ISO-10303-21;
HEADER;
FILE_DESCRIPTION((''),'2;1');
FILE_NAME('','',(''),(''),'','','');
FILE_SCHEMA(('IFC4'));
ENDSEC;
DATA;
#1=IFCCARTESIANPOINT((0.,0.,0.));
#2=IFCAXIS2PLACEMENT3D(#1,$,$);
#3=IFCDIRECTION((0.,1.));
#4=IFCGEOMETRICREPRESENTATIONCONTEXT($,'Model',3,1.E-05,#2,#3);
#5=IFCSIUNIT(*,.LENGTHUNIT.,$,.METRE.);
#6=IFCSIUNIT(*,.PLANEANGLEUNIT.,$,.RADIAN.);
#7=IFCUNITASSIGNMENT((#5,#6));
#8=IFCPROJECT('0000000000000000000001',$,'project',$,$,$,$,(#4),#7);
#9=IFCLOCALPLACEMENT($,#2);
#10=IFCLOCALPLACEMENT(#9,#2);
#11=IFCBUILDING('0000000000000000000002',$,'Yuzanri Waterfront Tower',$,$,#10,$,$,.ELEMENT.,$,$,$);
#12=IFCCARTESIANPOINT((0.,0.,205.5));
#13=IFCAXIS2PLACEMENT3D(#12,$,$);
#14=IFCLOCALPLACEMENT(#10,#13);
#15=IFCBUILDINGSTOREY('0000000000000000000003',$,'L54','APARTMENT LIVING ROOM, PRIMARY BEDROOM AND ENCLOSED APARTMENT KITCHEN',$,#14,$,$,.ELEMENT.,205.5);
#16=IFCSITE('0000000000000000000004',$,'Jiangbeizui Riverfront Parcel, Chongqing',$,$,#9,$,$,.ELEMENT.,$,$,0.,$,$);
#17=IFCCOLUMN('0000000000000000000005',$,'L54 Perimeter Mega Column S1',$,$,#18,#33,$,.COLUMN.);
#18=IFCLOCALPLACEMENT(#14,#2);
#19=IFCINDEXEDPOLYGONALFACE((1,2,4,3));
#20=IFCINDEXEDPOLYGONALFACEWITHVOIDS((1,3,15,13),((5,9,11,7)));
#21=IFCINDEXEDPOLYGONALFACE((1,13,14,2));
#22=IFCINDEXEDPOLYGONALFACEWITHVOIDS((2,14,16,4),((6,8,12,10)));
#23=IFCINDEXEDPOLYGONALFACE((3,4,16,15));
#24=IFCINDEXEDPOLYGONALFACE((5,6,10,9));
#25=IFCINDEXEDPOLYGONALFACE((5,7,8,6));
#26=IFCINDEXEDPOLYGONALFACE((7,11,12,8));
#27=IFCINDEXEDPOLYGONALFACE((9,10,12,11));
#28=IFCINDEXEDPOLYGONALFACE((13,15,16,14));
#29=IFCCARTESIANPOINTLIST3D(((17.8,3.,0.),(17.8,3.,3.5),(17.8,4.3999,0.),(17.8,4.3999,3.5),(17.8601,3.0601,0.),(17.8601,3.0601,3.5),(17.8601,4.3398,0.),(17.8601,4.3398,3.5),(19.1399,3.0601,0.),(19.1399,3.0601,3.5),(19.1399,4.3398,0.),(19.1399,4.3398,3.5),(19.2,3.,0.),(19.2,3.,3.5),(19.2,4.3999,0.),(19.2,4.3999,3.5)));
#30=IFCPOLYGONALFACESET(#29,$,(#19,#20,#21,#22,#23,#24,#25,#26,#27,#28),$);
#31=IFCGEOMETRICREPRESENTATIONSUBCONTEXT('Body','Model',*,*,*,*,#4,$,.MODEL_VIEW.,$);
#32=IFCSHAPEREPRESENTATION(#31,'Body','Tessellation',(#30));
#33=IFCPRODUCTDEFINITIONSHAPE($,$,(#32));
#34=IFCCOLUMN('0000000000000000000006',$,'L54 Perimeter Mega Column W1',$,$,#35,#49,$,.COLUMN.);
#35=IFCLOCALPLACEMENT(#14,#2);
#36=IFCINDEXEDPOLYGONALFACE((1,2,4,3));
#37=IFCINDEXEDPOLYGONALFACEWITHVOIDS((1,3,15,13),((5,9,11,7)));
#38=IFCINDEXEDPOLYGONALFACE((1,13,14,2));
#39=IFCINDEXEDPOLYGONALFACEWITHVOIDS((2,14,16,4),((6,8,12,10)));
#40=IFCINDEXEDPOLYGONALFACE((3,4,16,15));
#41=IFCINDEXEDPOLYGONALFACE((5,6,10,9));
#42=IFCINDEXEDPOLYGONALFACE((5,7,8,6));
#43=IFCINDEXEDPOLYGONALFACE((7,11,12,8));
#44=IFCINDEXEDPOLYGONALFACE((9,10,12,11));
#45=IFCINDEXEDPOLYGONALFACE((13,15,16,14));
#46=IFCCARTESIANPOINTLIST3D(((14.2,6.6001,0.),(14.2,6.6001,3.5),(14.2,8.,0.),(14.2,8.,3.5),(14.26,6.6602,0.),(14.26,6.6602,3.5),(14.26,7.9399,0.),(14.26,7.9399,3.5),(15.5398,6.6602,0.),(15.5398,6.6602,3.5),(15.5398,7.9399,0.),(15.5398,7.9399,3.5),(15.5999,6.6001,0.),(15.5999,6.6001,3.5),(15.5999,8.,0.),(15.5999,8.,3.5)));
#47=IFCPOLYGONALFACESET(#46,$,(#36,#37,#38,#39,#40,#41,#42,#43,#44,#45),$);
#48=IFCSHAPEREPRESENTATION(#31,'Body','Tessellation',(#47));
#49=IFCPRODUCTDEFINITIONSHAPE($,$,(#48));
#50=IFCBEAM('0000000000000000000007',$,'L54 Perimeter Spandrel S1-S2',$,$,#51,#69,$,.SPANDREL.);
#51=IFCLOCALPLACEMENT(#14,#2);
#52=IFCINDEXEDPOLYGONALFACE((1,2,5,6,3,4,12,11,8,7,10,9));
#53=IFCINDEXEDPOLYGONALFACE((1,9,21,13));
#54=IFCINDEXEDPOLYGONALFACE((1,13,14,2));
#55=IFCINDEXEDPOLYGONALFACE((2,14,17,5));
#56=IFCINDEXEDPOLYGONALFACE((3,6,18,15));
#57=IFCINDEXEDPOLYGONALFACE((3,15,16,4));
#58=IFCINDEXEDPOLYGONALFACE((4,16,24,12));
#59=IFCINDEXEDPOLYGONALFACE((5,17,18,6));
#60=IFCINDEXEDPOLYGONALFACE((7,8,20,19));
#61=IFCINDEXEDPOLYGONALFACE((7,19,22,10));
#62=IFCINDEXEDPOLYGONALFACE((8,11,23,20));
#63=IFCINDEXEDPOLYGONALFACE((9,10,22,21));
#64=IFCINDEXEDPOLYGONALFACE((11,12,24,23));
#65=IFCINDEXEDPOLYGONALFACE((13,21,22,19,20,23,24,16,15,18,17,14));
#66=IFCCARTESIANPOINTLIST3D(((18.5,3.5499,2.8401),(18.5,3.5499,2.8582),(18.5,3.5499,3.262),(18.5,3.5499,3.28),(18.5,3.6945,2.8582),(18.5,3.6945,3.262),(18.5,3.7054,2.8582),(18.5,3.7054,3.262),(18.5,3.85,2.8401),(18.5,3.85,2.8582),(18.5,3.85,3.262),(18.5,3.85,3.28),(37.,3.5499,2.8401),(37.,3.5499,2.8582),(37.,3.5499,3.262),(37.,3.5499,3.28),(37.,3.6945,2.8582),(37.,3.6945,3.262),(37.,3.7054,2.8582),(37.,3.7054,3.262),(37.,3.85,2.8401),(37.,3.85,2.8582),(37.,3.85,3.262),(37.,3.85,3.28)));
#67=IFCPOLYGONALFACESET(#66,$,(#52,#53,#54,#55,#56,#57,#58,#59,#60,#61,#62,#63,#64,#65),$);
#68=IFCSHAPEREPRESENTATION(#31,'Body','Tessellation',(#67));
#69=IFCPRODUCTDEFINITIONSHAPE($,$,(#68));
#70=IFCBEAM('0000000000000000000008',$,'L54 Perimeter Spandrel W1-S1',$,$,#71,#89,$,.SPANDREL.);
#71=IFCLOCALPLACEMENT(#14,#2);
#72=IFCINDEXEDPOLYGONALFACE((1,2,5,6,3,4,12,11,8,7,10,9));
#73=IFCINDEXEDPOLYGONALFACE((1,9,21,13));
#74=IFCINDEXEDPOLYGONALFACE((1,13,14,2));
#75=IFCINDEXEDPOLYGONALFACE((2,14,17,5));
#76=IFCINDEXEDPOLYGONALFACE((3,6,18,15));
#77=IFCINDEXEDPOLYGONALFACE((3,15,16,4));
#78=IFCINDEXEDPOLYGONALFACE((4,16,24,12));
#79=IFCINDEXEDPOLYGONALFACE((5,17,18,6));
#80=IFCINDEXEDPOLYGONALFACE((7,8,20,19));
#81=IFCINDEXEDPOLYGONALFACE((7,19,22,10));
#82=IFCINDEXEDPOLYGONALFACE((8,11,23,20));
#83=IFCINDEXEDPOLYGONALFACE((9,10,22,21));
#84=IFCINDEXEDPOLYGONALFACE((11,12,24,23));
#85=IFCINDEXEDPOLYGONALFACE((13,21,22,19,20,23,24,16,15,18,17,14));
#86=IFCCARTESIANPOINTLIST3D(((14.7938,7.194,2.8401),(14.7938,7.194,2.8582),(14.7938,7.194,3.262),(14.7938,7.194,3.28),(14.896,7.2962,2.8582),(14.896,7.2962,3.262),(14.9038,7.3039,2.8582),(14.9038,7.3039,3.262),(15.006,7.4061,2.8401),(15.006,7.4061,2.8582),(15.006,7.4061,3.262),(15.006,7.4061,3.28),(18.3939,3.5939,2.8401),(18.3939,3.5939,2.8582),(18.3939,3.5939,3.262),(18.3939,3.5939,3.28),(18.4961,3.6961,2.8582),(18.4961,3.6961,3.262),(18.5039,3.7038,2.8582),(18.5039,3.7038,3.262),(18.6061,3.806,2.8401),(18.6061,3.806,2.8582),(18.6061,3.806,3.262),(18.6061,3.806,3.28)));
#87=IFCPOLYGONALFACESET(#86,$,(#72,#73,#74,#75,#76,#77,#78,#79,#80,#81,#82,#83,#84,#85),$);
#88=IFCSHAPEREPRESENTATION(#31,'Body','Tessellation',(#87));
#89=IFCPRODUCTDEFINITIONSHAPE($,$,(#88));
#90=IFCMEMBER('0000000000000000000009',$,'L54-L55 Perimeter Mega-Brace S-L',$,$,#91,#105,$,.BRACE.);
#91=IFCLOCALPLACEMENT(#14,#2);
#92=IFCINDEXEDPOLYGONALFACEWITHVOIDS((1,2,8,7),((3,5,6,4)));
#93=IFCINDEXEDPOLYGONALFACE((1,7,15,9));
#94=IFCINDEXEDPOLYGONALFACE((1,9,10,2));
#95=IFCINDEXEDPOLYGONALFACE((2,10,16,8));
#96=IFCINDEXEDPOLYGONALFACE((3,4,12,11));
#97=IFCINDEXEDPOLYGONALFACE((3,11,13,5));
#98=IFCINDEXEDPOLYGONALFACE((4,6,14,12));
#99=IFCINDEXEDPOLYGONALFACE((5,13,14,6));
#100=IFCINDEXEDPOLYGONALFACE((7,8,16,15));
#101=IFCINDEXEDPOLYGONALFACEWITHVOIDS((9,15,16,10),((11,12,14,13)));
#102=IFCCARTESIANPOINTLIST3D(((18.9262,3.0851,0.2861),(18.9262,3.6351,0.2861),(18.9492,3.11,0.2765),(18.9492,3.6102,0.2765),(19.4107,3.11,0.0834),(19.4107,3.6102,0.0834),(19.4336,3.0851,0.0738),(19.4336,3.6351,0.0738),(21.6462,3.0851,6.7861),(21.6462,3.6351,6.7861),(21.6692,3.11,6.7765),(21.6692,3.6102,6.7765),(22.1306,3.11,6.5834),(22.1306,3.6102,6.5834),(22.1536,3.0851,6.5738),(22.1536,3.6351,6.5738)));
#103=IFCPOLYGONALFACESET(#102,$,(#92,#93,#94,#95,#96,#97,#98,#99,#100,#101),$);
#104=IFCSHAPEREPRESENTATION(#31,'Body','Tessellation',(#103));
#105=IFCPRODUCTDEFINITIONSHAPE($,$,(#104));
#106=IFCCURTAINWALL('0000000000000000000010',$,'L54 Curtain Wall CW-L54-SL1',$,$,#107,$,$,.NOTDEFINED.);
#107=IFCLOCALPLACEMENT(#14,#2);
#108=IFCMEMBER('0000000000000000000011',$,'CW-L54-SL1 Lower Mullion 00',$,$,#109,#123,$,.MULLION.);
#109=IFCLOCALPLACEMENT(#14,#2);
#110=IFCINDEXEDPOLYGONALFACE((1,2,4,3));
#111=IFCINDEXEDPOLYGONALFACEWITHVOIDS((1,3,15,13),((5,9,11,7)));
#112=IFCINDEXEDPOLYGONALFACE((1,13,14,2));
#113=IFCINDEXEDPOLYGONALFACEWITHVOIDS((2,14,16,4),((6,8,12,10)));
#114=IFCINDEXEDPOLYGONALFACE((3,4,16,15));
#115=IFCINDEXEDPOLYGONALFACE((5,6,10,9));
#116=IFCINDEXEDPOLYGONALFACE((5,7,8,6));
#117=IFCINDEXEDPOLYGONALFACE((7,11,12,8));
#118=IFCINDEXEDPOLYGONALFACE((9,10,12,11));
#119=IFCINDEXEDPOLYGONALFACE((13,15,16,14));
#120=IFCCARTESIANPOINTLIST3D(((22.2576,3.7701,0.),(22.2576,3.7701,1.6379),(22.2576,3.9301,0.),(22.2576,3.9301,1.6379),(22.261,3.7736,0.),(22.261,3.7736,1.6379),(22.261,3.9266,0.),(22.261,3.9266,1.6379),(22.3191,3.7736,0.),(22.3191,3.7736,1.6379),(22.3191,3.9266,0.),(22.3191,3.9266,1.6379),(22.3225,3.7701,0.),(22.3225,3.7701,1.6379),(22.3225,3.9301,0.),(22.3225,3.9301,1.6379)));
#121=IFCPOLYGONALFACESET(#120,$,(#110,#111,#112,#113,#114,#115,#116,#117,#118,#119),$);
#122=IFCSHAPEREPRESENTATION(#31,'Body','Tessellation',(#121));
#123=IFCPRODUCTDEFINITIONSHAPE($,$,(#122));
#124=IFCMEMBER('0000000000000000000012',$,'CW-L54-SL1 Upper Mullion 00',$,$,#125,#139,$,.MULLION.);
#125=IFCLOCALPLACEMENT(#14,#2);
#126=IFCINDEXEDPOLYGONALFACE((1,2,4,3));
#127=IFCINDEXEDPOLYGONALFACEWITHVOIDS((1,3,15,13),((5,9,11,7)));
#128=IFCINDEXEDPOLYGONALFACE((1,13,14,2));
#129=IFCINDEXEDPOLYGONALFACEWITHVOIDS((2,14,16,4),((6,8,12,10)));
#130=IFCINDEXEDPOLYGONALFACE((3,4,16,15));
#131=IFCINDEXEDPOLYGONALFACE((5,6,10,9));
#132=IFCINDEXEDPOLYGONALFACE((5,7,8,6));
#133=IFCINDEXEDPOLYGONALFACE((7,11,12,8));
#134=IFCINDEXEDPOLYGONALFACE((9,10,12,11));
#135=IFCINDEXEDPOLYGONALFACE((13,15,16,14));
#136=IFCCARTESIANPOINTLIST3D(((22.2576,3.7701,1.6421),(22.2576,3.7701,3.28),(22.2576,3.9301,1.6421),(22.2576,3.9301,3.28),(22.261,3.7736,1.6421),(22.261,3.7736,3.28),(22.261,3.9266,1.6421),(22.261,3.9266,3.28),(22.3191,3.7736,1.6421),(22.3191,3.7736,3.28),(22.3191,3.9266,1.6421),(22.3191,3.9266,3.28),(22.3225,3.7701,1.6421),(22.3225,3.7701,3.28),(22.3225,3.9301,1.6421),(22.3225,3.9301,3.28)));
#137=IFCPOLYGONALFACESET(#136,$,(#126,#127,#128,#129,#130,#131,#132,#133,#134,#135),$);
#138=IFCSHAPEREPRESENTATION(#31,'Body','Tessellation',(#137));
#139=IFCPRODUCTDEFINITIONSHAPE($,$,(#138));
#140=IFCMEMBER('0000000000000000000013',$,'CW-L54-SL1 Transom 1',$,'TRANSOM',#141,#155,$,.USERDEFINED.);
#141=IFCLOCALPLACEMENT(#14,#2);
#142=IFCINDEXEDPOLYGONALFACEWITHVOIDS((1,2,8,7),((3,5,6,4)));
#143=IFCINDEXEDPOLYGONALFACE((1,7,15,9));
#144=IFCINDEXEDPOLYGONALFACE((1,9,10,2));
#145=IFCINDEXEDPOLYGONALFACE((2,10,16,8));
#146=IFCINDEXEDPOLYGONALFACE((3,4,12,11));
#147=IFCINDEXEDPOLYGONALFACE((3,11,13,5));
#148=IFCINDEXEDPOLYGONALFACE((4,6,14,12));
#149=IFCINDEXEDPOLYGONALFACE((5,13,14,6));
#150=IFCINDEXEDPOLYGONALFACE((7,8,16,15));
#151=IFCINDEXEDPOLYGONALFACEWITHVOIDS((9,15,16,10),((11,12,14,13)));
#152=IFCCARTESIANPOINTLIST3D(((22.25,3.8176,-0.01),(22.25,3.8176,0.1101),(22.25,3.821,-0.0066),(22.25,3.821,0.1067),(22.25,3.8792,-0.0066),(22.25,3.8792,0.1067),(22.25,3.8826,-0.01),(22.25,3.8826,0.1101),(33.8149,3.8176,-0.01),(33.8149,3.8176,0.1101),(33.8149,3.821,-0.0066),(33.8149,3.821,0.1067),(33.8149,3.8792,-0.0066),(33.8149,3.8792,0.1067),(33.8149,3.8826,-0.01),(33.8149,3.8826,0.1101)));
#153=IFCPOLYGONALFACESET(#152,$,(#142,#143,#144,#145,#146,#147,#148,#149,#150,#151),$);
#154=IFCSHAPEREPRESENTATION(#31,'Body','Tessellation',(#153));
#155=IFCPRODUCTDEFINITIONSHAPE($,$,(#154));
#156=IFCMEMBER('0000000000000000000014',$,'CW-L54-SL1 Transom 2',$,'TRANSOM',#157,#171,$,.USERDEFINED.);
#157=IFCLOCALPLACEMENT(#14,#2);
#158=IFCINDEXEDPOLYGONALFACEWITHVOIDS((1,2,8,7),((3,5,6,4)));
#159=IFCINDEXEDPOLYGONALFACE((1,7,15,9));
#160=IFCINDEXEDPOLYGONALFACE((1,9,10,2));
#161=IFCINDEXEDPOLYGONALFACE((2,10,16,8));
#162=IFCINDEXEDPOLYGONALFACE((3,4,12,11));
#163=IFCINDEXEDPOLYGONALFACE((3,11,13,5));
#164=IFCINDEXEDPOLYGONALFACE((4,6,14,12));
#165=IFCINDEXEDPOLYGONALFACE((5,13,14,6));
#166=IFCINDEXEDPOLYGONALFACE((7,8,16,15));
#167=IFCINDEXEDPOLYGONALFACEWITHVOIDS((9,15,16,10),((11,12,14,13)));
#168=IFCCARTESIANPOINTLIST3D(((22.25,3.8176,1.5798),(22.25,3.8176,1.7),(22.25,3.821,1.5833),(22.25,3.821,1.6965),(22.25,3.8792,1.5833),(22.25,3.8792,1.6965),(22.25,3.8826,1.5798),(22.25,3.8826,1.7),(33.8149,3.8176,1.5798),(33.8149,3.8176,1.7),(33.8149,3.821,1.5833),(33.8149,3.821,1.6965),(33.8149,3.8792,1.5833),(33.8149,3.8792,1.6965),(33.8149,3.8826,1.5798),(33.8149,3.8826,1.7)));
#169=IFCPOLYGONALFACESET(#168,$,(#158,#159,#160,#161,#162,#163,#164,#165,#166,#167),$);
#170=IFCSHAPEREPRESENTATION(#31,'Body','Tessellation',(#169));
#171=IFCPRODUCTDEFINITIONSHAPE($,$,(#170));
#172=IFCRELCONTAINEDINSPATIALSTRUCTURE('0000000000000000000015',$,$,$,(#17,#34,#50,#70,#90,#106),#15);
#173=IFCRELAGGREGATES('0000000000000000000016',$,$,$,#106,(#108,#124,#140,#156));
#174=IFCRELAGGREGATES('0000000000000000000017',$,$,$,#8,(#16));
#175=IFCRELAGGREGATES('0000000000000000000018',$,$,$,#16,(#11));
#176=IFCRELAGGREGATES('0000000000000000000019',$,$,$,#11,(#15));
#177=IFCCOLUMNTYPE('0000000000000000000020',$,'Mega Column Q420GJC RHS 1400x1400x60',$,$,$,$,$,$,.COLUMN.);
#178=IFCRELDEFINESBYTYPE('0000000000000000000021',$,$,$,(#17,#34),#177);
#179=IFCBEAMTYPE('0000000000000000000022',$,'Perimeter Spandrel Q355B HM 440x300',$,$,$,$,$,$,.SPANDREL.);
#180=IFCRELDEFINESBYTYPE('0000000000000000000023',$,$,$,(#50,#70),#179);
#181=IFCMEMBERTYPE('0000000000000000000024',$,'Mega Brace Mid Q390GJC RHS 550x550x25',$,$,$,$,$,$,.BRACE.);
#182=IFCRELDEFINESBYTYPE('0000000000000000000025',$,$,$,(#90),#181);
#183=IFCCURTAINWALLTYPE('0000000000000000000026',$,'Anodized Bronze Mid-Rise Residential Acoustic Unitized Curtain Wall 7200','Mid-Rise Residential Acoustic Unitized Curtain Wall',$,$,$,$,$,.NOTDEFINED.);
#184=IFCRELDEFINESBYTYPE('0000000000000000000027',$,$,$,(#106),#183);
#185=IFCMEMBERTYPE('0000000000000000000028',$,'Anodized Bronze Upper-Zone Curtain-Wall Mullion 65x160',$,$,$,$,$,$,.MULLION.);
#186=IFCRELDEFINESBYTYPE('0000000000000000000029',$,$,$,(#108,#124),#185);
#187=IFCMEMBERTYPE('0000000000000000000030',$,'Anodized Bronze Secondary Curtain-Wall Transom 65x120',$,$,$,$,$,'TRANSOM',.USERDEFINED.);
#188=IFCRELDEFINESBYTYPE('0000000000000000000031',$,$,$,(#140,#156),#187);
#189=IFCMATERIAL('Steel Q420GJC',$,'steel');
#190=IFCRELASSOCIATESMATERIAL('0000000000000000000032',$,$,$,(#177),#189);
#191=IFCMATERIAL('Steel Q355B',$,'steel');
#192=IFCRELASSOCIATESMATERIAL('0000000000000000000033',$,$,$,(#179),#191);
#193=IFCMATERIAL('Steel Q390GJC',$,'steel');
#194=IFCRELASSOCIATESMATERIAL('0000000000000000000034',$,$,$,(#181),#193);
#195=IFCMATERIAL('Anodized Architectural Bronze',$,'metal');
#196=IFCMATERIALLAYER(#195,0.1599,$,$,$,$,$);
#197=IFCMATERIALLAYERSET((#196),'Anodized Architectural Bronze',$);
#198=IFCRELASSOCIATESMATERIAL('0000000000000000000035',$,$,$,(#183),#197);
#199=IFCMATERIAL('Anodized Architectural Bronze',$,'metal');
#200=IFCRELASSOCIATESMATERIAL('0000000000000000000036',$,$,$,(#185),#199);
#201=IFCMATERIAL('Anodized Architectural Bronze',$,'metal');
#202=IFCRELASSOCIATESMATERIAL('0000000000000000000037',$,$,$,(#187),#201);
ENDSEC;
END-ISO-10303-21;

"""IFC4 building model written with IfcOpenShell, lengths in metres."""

from ifc_helpers import new_model, si_unit, direction, frame, origin, origin_2d, place, context, subcontext, project, spatial, hollow_rectangle, i_section, extrude, source, transform, mapped, material, layer, layer_set, material_profile, profile_set, type_object, element, aggregate, save


model = new_model("IFC4")

# Units and contexts
model_context = context("Model", 3, precision=1e-05, world=origin(), true_north=direction((0.0, 1.0)))
body_context = subcontext(model_context, "Body", "Model", "MODEL_VIEW")
ifc_project = project(units=[si_unit("LENGTHUNIT", "METRE"), si_unit("PLANEANGLEUNIT", "RADIAN")], contexts=[model_context])

# Site, building, storey
site_placement = place(None, origin())
site = spatial("IfcSite", under=ifc_project, at=site_placement, Name="Jiangbeizui Riverfront Parcel, Chongqing", CompositionType="ELEMENT", RefElevation=0.0)
building_placement = place(site_placement, origin())
building = spatial("IfcBuilding", under=site, at=building_placement, Name="Yuzanri Waterfront Tower", CompositionType="ELEMENT")
storey_placement = place(building_placement, frame((0.0, 0.0, 205.5)))
storey = spatial("IfcBuildingStorey", under=building, at=storey_placement, Name="L54", Description="APARTMENT LIVING ROOM, PRIMARY BEDROOM AND ENCLOSED APARTMENT KITCHEN", CompositionType="ELEMENT", Elevation=205.5)

# Columns
ifc_material_1 = material(Name="Steel Q420GJC", Category="steel")
ifc_material_profile_1 = material_profile(ifc_material_1, hollow_rectangle(XDim=1.3999, YDim=1.3999, WallThickness=0.0601, at=origin_2d()), Name="RHS 1400x1400x60")
ifc_profile_set_1 = profile_set([ifc_material_profile_1], Name="Steel Q420GJC")
column_type = type_object("IfcColumnType", Name="Mega Column Q420GJC RHS 1400x1400x60", PredefinedType="COLUMN", material=ifc_profile_set_1)
shared_shape_1 = source(origin(), body_context, "Body", "SweptSolid", [
    extrude(hollow_rectangle(XDim=1.3999, YDim=1.3999, WallThickness=0.0601, at=origin_2d()), origin(), (0.0, 0.0, 1.0), 3.5),
])
for number, where, z_axis, x_axis, name in (
    (1, (18.5, 3.7, 0.0), (0.0, 0.0, 1.0), (1.0, 0.0, 0.0), "L54 Perimeter Mega Column S1"),
    (2, (14.8999, 7.3, 0.0), (0.0, 0.0, 1.0), (1.0, 0.0, 0.0), "L54 Perimeter Mega Column W1"),
):
    element("IfcColumn", number, at=place(storey_placement, frame(where, z_axis=z_axis, x_axis=x_axis)), inside=storey, type_object=column_type, Name=name, PredefinedType="COLUMN", context=body_context, shape_type="MappedRepresentation", body=[
        mapped(shared_shape_1, transform((0.0, 0.0, 0.0), scale=1.0)),
    ])

# Beams
ifc_material_2 = material(Name="Steel Q355B", Category="steel")
ifc_material_profile_2 = material_profile(ifc_material_2, i_section(OverallWidth=0.3, OverallDepth=0.4399, WebThickness=0.011, FlangeThickness=0.0181, at=origin_2d()), Name="HM 440x300x11x18")
ifc_profile_set_2 = profile_set([ifc_material_profile_2], Name="Steel Q355B")
beam_type = type_object("IfcBeamType", Name="Perimeter Spandrel Q355B HM 440x300", PredefinedType="SPANDREL", material=ifc_profile_set_2)
shared_shape_2 = source(origin(), body_context, "Body", "SweptSolid", [
    extrude(i_section(OverallWidth=0.3, OverallDepth=0.4399, WebThickness=0.011, FlangeThickness=0.0181, at=origin_2d()), origin(), (0.0, 0.0, 1.0), 18.5),
])
beam_1_placement = place(storey_placement, frame((18.5, 3.7, 3.0601), z_axis=(1.0, 0.0, 0.0), x_axis=(0.0, 1.0, 0.0)))
element("IfcBeam", 3, at=beam_1_placement, inside=storey, type_object=beam_type, Name="L54 Perimeter Spandrel S1-S2", PredefinedType="SPANDREL", context=body_context, shape_type="MappedRepresentation", body=[
    mapped(shared_shape_2, transform((0.0, 0.0, 0.0), scale=1.0)),
])
shared_shape_3 = source(origin(), body_context, "Body", "SweptSolid", [
    extrude(i_section(OverallWidth=0.3, OverallDepth=0.4399, WebThickness=0.011, FlangeThickness=0.0181, at=origin_2d()), origin(), (0.0, 0.0, 1.0), 5.0913),
])
beam_2_placement = place(storey_placement, frame((14.8999, 7.3, 3.0601), z_axis=(0.707107, -0.707107, 0.0), x_axis=(0.707107, 0.707107, 0.0)))
element("IfcBeam", 4, at=beam_2_placement, inside=storey, type_object=beam_type, Name="L54 Perimeter Spandrel W1-S1", PredefinedType="SPANDREL", context=body_context, shape_type="MappedRepresentation", body=[
    mapped(shared_shape_3, transform((0.0, 0.0, 0.0), scale=1.0)),
])

# Member
ifc_material_3 = material(Name="Steel Q390GJC", Category="steel")
ifc_material_profile_3 = material_profile(ifc_material_3, hollow_rectangle(XDim=0.55, YDim=0.55, WallThickness=0.0249, at=origin_2d()), Name="RHS 550x550x25")
ifc_profile_set_3 = profile_set([ifc_material_profile_3], Name="Steel Q390GJC")
member_type_1 = type_object("IfcMemberType", Name="Mega Brace Mid Q390GJC RHS 550x550x25", PredefinedType="BRACE", material=ifc_profile_set_3)
shared_shape_4 = source(origin(), body_context, "Body", "SweptSolid", [
    extrude(hollow_rectangle(XDim=0.55, YDim=0.55, WallThickness=0.0249, at=origin_2d()), origin(), (0.0, 0.0, 1.0), 7.0461),
])
member_1_placement = place(storey_placement, frame((19.1799, 3.3601, 0.1799), z_axis=(0.386022, 0.0, 0.922489), x_axis=(0.0, 1.0, 0.0)))
element("IfcMember", 5, at=member_1_placement, inside=storey, type_object=member_type_1, Name="L54-L55 Perimeter Mega-Brace S-L", PredefinedType="BRACE", context=body_context, shape_type="MappedRepresentation", body=[
    mapped(shared_shape_4, transform((0.0, 0.0, 0.0), scale=1.0)),
])

# Curtain wall, members
ifc_material_4 = material(Name="Anodized Architectural Bronze", Category="metal")
ifc_layer_1 = layer(ifc_material_4, 0.1599)
ifc_layer_set_1 = layer_set([ifc_layer_1], Name="Anodized Architectural Bronze")
curtain_wall_type = type_object("IfcCurtainWallType", Name="Anodized Bronze Mid-Rise Residential Acoustic Unitized Curtain Wall 7200", Description="Mid-Rise Residential Acoustic Unitized Curtain Wall", PredefinedType="NOTDEFINED", material=ifc_layer_set_1)
curtain_wall_placement = place(storey_placement, origin())
curtain_wall = element("IfcCurtainWall", 6, at=curtain_wall_placement, inside=storey, type_object=curtain_wall_type, Name="L54 Curtain Wall CW-L54-SL1", PredefinedType="NOTDEFINED")
ifc_material_5 = material(Name="Anodized Architectural Bronze", Category="metal")
ifc_material_profile_4 = material_profile(ifc_material_5, hollow_rectangle(XDim=0.0649, YDim=0.1599, WallThickness=0.0034, at=origin_2d()), Name="CWM 65x160")
ifc_profile_set_4 = profile_set([ifc_material_profile_4], Name="Anodized Architectural Bronze")
member_type_2 = type_object("IfcMemberType", Name="Anodized Bronze Upper-Zone Curtain-Wall Mullion 65x160", PredefinedType="MULLION", material=ifc_profile_set_4)
shared_shape_5 = source(origin(), body_context, "Body", "SweptSolid", [
    extrude(hollow_rectangle(XDim=0.0649, YDim=0.1599, WallThickness=0.0034, at=origin_2d()), origin(), (0.0, 0.0, 1.0), 1.6379),
])
member_2_placement = place(storey_placement, frame((22.29, 3.8501, 0.0), z_axis=(0.0, 0.0, 1.0), x_axis=(1.0, 0.0, 0.0)))
member_2 = element("IfcMember", 7, at=member_2_placement, type_object=member_type_2, Name="CW-L54-SL1 Lower Mullion 00", PredefinedType="MULLION", context=body_context, shape_type="MappedRepresentation", body=[
    mapped(shared_shape_5, transform((0.0, 0.0, 0.0), scale=1.0)),
])
member_3_placement = place(storey_placement, frame((22.29, 3.8501, 1.6421), z_axis=(0.0, 0.0, 1.0), x_axis=(1.0, 0.0, 0.0)))
member_3 = element("IfcMember", 8, at=member_3_placement, type_object=member_type_2, Name="CW-L54-SL1 Upper Mullion 00", PredefinedType="MULLION", context=body_context, shape_type="MappedRepresentation", body=[
    mapped(shared_shape_5, transform((0.0, 0.0, 0.0), scale=1.0)),
])
ifc_material_6 = material(Name="Anodized Architectural Bronze", Category="metal")
ifc_material_profile_5 = material_profile(ifc_material_6, hollow_rectangle(XDim=0.0649, YDim=0.1201, WallThickness=0.0034, at=origin_2d()), Name="CWT 65x120")
ifc_profile_set_5 = profile_set([ifc_material_profile_5], Name="Anodized Architectural Bronze")
member_type_3 = type_object("IfcMemberType", Name="Anodized Bronze Secondary Curtain-Wall Transom 65x120", ElementType="TRANSOM", PredefinedType="USERDEFINED", material=ifc_profile_set_5)
shared_shape_6 = source(origin(), body_context, "Body", "SweptSolid", [
    extrude(hollow_rectangle(XDim=0.0649, YDim=0.1201, WallThickness=0.0034, at=origin_2d()), origin(), (0.0, 0.0, 1.0), 11.5649),
])
member_4_placement = place(storey_placement, frame((22.25, 3.8501, 0.05), z_axis=(1.0, 0.0, 0.0), x_axis=(0.0, 1.0, 0.0)))
member_4 = element("IfcMember", 9, at=member_4_placement, type_object=member_type_3, Name="CW-L54-SL1 Transom 1", ObjectType="TRANSOM", PredefinedType="USERDEFINED", context=body_context, shape_type="MappedRepresentation", body=[
    mapped(shared_shape_6, transform((0.0, 0.0, 0.0), scale=1.0)),
])
member_5_placement = place(storey_placement, frame((22.25, 3.8501, 1.6399), z_axis=(1.0, 0.0, 0.0), x_axis=(0.0, 1.0, 0.0)))
member_5 = element("IfcMember", 10, at=member_5_placement, type_object=member_type_3, Name="CW-L54-SL1 Transom 2", ObjectType="TRANSOM", PredefinedType="USERDEFINED", context=body_context, shape_type="MappedRepresentation", body=[
    mapped(shared_shape_6, transform((0.0, 0.0, 0.0), scale=1.0)),
])
aggregate(curtain_wall, [member_2, member_3, member_4, member_5])

save(model, "model.ifc")
